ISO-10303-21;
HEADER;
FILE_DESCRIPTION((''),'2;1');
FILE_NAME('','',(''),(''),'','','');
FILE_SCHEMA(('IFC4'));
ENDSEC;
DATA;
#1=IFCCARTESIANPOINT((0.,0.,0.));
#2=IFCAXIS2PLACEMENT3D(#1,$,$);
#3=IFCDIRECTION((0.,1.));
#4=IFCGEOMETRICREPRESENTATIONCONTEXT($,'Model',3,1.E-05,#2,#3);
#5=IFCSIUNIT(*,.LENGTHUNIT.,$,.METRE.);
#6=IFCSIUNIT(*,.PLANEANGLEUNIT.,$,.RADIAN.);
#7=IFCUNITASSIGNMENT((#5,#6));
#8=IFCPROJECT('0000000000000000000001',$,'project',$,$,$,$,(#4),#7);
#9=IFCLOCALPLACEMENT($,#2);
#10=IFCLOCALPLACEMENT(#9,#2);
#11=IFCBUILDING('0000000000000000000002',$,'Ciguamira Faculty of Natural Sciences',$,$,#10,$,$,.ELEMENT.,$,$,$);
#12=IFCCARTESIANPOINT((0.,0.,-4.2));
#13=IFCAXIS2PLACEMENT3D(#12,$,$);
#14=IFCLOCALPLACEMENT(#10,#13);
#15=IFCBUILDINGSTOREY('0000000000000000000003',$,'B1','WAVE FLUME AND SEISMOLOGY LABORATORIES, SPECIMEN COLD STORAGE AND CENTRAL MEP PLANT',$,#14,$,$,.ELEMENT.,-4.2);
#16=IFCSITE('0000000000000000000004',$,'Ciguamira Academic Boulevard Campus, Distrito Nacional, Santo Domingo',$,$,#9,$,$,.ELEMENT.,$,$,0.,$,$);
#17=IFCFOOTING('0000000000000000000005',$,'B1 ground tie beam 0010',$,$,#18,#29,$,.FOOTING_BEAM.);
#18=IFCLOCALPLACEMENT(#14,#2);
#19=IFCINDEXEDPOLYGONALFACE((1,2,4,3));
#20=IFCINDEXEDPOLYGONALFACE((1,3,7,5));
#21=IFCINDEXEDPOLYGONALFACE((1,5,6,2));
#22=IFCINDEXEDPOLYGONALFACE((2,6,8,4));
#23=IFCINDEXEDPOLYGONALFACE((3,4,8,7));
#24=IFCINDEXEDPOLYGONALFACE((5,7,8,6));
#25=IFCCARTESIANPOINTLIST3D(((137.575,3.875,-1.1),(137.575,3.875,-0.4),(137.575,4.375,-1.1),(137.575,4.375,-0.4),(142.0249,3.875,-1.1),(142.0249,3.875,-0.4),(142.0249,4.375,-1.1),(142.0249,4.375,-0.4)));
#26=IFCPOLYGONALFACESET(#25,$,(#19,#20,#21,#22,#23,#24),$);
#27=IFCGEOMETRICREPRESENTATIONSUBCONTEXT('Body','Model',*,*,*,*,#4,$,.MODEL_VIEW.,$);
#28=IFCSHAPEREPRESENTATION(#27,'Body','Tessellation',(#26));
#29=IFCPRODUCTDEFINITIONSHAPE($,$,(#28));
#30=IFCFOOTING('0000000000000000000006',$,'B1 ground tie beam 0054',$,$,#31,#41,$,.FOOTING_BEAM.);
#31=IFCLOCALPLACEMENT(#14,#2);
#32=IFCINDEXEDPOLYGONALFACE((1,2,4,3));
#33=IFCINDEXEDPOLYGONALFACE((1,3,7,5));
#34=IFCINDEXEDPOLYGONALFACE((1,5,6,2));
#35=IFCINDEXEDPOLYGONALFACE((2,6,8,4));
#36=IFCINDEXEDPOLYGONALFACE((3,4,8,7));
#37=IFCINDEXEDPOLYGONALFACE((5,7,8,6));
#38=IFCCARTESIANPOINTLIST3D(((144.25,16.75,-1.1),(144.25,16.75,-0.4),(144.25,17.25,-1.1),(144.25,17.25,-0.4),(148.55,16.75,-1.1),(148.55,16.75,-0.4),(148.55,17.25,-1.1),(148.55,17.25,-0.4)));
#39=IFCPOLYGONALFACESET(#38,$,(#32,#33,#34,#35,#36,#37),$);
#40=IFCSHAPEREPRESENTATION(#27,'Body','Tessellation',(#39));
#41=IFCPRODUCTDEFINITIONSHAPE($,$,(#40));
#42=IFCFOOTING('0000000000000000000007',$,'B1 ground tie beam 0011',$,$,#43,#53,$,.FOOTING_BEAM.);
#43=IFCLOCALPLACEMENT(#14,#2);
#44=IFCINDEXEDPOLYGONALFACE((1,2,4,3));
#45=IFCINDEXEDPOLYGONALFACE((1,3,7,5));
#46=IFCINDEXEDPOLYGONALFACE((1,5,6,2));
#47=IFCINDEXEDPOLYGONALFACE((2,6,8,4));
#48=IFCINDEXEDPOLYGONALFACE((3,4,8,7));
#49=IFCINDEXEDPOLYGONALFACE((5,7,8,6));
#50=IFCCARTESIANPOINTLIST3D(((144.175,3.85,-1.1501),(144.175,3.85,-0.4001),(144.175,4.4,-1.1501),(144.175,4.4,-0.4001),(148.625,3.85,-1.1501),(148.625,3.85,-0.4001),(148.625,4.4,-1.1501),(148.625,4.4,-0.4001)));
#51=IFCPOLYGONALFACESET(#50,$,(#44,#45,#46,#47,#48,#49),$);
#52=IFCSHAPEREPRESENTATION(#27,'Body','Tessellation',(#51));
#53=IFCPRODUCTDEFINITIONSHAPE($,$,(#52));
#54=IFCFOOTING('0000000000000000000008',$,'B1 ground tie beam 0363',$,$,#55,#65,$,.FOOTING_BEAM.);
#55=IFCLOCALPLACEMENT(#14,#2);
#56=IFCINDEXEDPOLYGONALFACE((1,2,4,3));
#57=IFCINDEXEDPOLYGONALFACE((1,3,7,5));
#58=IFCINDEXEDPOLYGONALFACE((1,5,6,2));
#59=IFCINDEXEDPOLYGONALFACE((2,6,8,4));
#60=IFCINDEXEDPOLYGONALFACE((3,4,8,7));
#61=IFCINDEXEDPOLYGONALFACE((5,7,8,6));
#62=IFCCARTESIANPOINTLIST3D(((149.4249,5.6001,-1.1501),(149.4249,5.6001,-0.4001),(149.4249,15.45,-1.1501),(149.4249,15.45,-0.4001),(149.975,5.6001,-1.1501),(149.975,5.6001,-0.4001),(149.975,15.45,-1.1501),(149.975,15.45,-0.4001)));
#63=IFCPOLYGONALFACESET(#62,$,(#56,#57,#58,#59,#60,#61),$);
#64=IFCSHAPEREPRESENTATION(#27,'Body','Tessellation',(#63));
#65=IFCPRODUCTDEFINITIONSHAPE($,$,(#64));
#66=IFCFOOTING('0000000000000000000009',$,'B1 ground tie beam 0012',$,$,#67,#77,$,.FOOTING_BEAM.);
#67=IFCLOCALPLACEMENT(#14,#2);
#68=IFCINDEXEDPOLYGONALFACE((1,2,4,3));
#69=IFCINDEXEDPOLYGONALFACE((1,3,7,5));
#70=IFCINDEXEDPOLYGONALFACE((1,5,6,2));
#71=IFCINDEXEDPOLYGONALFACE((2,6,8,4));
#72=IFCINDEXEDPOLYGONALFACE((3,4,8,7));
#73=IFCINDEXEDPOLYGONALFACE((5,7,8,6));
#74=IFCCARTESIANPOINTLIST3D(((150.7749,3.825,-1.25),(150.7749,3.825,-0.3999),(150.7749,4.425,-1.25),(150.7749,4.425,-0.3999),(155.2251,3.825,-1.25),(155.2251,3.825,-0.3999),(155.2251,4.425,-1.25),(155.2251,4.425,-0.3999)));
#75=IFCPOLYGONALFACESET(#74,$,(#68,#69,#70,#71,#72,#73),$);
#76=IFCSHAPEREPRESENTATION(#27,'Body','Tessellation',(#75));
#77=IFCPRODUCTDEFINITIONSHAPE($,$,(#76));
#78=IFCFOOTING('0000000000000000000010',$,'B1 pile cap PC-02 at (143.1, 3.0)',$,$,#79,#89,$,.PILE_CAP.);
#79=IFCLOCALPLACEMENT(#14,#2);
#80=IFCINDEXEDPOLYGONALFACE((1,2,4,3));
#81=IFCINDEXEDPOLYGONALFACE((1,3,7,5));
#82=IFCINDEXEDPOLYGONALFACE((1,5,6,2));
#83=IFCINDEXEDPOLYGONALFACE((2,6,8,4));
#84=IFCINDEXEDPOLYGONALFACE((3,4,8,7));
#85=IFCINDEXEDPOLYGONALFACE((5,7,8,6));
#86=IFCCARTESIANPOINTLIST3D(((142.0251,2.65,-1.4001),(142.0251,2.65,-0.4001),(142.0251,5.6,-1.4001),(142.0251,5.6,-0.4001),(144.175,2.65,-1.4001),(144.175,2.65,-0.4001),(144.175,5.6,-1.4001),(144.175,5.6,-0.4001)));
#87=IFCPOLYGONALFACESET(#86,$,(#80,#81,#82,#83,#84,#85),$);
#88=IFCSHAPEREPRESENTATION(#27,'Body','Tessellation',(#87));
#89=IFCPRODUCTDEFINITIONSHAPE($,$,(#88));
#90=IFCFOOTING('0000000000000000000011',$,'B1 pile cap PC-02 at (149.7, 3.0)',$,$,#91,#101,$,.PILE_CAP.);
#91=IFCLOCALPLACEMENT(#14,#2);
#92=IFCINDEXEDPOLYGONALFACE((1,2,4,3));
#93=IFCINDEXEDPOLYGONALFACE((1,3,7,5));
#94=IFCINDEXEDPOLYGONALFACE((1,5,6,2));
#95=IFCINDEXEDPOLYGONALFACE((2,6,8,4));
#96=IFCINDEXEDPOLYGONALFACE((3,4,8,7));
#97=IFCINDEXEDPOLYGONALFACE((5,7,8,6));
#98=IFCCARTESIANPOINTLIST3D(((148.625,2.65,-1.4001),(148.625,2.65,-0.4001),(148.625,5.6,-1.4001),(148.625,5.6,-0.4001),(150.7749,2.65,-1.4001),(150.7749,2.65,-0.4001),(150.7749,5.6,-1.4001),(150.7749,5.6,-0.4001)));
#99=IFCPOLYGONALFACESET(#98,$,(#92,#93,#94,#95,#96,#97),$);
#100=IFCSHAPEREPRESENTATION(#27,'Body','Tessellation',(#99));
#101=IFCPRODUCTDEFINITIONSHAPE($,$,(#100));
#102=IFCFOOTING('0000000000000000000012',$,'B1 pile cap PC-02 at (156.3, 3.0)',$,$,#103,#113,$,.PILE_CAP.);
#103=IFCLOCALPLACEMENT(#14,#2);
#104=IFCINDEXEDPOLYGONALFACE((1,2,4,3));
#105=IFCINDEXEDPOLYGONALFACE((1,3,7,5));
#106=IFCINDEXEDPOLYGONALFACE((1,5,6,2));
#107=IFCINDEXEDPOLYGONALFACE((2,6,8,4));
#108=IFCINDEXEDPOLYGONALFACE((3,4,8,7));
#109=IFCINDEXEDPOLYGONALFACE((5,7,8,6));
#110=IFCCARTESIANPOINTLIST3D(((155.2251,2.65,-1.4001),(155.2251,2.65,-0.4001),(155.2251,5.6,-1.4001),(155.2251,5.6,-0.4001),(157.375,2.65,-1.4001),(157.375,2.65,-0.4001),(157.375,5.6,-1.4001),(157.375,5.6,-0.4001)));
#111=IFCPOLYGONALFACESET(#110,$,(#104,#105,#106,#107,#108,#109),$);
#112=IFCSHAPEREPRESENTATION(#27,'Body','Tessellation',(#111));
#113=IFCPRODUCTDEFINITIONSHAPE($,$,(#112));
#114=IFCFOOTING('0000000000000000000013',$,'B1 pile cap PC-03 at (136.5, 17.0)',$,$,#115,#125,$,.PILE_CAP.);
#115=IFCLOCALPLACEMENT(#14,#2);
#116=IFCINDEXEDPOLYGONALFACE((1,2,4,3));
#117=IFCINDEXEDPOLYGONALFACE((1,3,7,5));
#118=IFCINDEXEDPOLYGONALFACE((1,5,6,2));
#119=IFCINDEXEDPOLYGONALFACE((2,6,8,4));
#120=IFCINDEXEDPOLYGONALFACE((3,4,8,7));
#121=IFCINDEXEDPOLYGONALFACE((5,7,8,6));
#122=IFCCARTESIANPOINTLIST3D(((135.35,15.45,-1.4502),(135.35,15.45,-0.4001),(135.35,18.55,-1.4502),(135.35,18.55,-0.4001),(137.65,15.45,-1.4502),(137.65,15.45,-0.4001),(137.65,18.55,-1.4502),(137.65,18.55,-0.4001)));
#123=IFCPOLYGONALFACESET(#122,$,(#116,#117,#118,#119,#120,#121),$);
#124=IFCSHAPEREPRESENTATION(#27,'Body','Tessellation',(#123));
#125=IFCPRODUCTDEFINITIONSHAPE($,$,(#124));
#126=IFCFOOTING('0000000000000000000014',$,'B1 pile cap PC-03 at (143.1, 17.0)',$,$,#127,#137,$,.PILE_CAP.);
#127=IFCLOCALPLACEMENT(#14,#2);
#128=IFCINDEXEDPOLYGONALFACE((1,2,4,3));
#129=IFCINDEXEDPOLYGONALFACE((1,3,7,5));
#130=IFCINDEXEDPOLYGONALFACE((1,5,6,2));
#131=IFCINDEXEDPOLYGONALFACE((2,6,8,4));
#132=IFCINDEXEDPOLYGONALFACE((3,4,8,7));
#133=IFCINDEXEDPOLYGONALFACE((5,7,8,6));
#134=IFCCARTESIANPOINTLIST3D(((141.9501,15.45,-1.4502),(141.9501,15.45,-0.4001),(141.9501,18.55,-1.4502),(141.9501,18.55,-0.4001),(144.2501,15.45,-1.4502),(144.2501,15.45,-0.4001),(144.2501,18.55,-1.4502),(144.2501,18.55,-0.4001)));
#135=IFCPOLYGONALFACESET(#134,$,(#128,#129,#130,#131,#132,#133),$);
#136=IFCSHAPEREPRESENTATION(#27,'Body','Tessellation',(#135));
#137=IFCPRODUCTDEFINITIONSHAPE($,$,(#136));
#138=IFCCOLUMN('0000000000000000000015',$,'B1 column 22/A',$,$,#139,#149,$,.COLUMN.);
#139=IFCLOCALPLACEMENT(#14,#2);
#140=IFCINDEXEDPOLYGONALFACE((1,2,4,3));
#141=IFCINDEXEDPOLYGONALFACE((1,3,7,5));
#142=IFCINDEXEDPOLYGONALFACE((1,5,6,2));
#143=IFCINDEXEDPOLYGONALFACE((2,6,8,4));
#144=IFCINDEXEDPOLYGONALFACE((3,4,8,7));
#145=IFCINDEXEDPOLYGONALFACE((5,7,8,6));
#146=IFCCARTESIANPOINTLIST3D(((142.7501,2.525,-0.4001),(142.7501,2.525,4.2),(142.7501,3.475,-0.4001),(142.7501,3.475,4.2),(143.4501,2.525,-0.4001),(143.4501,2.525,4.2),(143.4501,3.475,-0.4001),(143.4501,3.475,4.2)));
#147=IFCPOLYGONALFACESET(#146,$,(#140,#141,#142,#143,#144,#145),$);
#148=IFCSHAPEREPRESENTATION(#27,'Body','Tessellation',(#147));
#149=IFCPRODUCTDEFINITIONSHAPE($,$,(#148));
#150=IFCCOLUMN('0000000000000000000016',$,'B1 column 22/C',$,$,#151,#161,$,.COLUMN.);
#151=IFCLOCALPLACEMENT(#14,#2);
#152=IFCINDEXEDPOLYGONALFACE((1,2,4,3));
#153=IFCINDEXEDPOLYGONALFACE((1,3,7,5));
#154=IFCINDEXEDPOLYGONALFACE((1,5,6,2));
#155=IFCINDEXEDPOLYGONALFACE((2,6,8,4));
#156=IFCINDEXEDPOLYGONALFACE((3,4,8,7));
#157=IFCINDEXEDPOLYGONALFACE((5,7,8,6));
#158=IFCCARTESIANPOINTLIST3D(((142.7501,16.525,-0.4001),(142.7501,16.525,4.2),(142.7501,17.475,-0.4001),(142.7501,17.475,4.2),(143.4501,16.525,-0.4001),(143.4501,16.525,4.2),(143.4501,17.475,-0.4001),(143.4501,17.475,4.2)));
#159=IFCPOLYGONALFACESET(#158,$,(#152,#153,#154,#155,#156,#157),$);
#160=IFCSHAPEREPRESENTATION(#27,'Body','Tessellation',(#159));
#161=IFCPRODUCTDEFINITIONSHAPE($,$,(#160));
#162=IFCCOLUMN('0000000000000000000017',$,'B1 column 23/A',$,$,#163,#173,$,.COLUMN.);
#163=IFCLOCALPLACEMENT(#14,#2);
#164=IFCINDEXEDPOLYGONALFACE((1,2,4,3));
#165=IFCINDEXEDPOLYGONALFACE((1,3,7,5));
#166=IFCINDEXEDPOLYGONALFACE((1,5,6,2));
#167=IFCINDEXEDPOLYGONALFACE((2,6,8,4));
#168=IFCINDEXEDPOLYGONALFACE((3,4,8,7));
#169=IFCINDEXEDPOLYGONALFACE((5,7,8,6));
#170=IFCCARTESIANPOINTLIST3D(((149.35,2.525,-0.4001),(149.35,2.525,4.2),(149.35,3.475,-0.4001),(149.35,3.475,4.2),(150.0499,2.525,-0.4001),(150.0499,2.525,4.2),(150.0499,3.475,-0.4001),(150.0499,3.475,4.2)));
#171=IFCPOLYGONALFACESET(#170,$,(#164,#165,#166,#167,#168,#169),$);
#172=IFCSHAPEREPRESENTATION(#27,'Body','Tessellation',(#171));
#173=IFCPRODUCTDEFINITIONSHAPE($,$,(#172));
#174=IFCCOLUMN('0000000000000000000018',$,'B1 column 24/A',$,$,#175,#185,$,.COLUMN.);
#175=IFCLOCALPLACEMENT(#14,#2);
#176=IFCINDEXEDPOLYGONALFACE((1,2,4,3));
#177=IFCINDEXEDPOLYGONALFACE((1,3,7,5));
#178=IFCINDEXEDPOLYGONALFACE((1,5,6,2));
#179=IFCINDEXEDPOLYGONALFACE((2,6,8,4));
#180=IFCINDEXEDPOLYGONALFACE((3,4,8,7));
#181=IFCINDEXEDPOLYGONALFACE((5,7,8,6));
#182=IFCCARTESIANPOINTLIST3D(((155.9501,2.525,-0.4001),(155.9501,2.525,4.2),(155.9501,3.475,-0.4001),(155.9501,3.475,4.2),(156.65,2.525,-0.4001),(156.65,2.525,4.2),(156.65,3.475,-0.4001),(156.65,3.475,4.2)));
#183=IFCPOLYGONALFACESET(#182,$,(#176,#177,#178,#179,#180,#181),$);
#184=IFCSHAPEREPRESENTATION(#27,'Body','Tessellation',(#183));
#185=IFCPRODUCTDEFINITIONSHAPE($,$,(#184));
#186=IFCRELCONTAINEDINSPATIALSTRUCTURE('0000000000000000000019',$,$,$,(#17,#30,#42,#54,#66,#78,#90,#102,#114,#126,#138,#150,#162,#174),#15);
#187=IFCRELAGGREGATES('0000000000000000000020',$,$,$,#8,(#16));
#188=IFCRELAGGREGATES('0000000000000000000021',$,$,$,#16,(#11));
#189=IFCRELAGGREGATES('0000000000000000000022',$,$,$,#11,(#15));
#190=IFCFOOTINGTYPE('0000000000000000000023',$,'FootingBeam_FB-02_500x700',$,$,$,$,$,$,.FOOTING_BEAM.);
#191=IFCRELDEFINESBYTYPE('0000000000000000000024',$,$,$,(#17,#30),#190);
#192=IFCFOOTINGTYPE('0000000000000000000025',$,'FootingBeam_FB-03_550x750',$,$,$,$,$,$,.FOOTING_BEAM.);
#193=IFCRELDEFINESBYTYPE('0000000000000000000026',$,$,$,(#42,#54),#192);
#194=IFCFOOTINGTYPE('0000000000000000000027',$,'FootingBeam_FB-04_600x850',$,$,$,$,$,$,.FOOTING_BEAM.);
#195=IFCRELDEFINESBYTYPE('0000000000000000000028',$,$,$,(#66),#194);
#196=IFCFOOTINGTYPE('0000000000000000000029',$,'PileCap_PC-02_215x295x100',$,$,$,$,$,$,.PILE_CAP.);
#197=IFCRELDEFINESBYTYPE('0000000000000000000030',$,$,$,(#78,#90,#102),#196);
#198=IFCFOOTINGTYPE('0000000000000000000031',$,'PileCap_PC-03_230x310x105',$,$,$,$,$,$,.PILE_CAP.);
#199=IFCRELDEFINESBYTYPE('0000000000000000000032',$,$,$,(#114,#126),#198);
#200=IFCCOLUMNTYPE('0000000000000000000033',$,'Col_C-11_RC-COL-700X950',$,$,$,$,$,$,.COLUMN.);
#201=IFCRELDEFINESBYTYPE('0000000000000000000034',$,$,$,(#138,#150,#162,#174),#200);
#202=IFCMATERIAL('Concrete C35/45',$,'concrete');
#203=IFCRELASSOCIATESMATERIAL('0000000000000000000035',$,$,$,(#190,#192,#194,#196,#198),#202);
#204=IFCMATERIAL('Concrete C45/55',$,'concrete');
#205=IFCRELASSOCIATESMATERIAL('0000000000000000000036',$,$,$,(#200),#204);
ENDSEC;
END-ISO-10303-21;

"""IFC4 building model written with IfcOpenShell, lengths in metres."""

from ifc_helpers import new_model, si_unit, direction, frame, origin, origin_2d, place, context, subcontext, project, spatial, rectangle, extrude, material, material_profile, profile_set, type_object, element, save


model = new_model("IFC4")

# Units and contexts
model_context = context("Model", 3, precision=1e-05, world=origin(), true_north=direction((0.0, 1.0)))
body_context = subcontext(model_context, "Body", "Model", "MODEL_VIEW")
ifc_project = project(units=[si_unit("LENGTHUNIT", "METRE"), si_unit("PLANEANGLEUNIT", "RADIAN")], contexts=[model_context])

# Site, building, storey
site_placement = place(None, origin())
site = spatial("IfcSite", under=ifc_project, at=site_placement, Name="Ciguamira Academic Boulevard Campus, Distrito Nacional, Santo Domingo", CompositionType="ELEMENT", RefElevation=0.0)
building_placement = place(site_placement, origin())
building = spatial("IfcBuilding", under=site, at=building_placement, Name="Ciguamira Faculty of Natural Sciences", CompositionType="ELEMENT")
storey_placement = place(building_placement, frame((0.0, 0.0, -4.2)))
storey = spatial("IfcBuildingStorey", under=building, at=storey_placement, Name="B1", Description="WAVE FLUME AND SEISMOLOGY LABORATORIES, SPECIMEN COLD STORAGE AND CENTRAL MEP PLANT", CompositionType="ELEMENT", Elevation=-4.2)

# Shared definitions
ifc_material_1 = material(Name="Concrete C35/45", Category="concrete")

# Footings
ifc_material_profile_1 = material_profile(ifc_material_1, rectangle(XDim=0.5, YDim=0.7, at=origin_2d()), Name="RC-FB-500X700")
ifc_profile_set_1 = profile_set([ifc_material_profile_1], Name="Concrete C35/45")
footing_type_1 = type_object("IfcFootingType", Name="FootingBeam_FB-02_500x700", PredefinedType="FOOTING_BEAM", material=ifc_profile_set_1)
footing_1_placement = place(storey_placement, frame((137.575, 4.125, -0.75), z_axis=(1.0, 0.0, 0.0), x_axis=(0.0, 1.0, 0.0)))
element("IfcFooting", 1, at=footing_1_placement, inside=storey, type_object=footing_type_1, Name="B1 ground tie beam 0010", PredefinedType="FOOTING_BEAM", context=body_context, shape_type="SweptSolid", body=[
    extrude(rectangle(XDim=0.5, YDim=0.7, at=origin_2d()), origin(), (0.0, 0.0, 1.0), 4.45),
])
footing_2_placement = place(storey_placement, frame((144.25, 17.0, -0.75), z_axis=(1.0, 0.0, 0.0), x_axis=(0.0, 1.0, 0.0)))
element("IfcFooting", 2, at=footing_2_placement, inside=storey, type_object=footing_type_1, Name="B1 ground tie beam 0054", PredefinedType="FOOTING_BEAM", context=body_context, shape_type="SweptSolid", body=[
    extrude(rectangle(XDim=0.5, YDim=0.7, at=origin_2d()), origin(), (0.0, 0.0, 1.0), 4.3),
])
ifc_material_profile_2 = material_profile(ifc_material_1, rectangle(XDim=0.55, YDim=0.75, at=origin_2d()), Name="RC-FB-550X750")
ifc_profile_set_2 = profile_set([ifc_material_profile_2], Name="Concrete C35/45")
footing_type_2 = type_object("IfcFootingType", Name="FootingBeam_FB-03_550x750", PredefinedType="FOOTING_BEAM", material=ifc_profile_set_2)
footing_3_placement = place(storey_placement, frame((144.175, 4.125, -0.7751), z_axis=(1.0, 0.0, 0.0), x_axis=(0.0, 1.0, 0.0)))
element("IfcFooting", 3, at=footing_3_placement, inside=storey, type_object=footing_type_2, Name="B1 ground tie beam 0011", PredefinedType="FOOTING_BEAM", context=body_context, shape_type="SweptSolid", body=[
    extrude(rectangle(XDim=0.55, YDim=0.75, at=origin_2d()), origin(), (0.0, 0.0, 1.0), 4.45),
])
footing_4_placement = place(storey_placement, frame((149.7, 5.6001, -0.7751), z_axis=(0.0, 1.0, 0.0), x_axis=(-1.0, 0.0, 0.0)))
element("IfcFooting", 4, at=footing_4_placement, inside=storey, type_object=footing_type_2, Name="B1 ground tie beam 0363", PredefinedType="FOOTING_BEAM", context=body_context, shape_type="SweptSolid", body=[
    extrude(rectangle(XDim=0.55, YDim=0.75, at=origin_2d()), origin(), (0.0, 0.0, 1.0), 9.8499),
])
ifc_material_profile_3 = material_profile(ifc_material_1, rectangle(XDim=0.6001, YDim=0.8501, at=origin_2d()), Name="RC-FB-600X850")
ifc_profile_set_3 = profile_set([ifc_material_profile_3], Name="Concrete C35/45")
footing_type_3 = type_object("IfcFootingType", Name="FootingBeam_FB-04_600x850", PredefinedType="FOOTING_BEAM", material=ifc_profile_set_3)
footing_5_placement = place(storey_placement, frame((150.7749, 4.125, -0.825), z_axis=(1.0, 0.0, 0.0), x_axis=(0.0, 1.0, 0.0)))
element("IfcFooting", 5, at=footing_5_placement, inside=storey, type_object=footing_type_3, Name="B1 ground tie beam 0012", PredefinedType="FOOTING_BEAM", context=body_context, shape_type="SweptSolid", body=[
    extrude(rectangle(XDim=0.6001, YDim=0.8501, at=origin_2d()), origin(), (0.0, 0.0, 1.0), 4.4502),
])
footing_type_4 = type_object("IfcFootingType", Name="PileCap_PC-02_215x295x100", PredefinedType="PILE_CAP", material=ifc_material_1)
for number, where, z_axis, x_axis, name in (
    (6, (143.1001, 4.125, -1.4001), (0.0, 0.0, 1.0), (1.0, 0.0, 0.0), "B1 pile cap PC-02 at (143.1, 3.0)"),
    (7, (149.7, 4.125, -1.4001), (0.0, 0.0, 1.0), (1.0, 0.0, 0.0), "B1 pile cap PC-02 at (149.7, 3.0)"),
    (8, (156.3, 4.125, -1.4001), (0.0, 0.0, 1.0), (1.0, 0.0, 0.0), "B1 pile cap PC-02 at (156.3, 3.0)"),
):
    element("IfcFooting", number, at=place(storey_placement, frame(where, z_axis=z_axis, x_axis=x_axis)), inside=storey, type_object=footing_type_4, Name=name, PredefinedType="PILE_CAP", context=body_context, shape_type="SweptSolid", body=[
        extrude(rectangle(XDim=2.1499, YDim=2.95, at=origin_2d()), origin(), (0.0, 0.0, 1.0), 1.0),
    ])
footing_type_5 = type_object("IfcFootingType", Name="PileCap_PC-03_230x310x105", PredefinedType="PILE_CAP", material=ifc_material_1)
for number, where, z_axis, x_axis, name in (
    (9, (136.5, 17.0, -1.4502), (0.0, 0.0, 1.0), (1.0, 0.0, 0.0), "B1 pile cap PC-03 at (136.5, 17.0)"),
    (10, (143.1001, 17.0, -1.4502), (0.0, 0.0, 1.0), (1.0, 0.0, 0.0), "B1 pile cap PC-03 at (143.1, 17.0)"),
):
    element("IfcFooting", number, at=place(storey_placement, frame(where, z_axis=z_axis, x_axis=x_axis)), inside=storey, type_object=footing_type_5, Name=name, PredefinedType="PILE_CAP", context=body_context, shape_type="SweptSolid", body=[
        extrude(rectangle(XDim=2.3, YDim=3.1001, at=origin_2d()), origin(), (0.0, 0.0, 1.0), 1.05),
    ])

# Columns
ifc_material_2 = material(Name="Concrete C45/55", Category="concrete")
ifc_material_profile_4 = material_profile(ifc_material_2, rectangle(XDim=0.7, YDim=0.95, at=origin_2d()), Name="RC-COL-700X950")
ifc_profile_set_4 = profile_set([ifc_material_profile_4], Name="Concrete C45/55")
column_type = type_object("IfcColumnType", Name="Col_C-11_RC-COL-700X950", PredefinedType="COLUMN", material=ifc_profile_set_4)
for number, where, z_axis, x_axis, name in (
    (11, (143.1001, 3.0, -0.4001), (0.0, 0.0, 1.0), (1.0, 0.0, 0.0), "B1 column 22/A"),
    (12, (143.1001, 17.0, -0.4001), (0.0, 0.0, 1.0), (1.0, 0.0, 0.0), "B1 column 22/C"),
    (13, (149.7, 3.0, -0.4001), (0.0, 0.0, 1.0), (1.0, 0.0, 0.0), "B1 column 23/A"),
    (14, (156.3, 3.0, -0.4001), (0.0, 0.0, 1.0), (1.0, 0.0, 0.0), "B1 column 24/A"),
):
    element("IfcColumn", number, at=place(storey_placement, frame(where, z_axis=z_axis, x_axis=x_axis)), inside=storey, type_object=column_type, Name=name, PredefinedType="COLUMN", context=body_context, shape_type="SweptSolid", body=[
        extrude(rectangle(XDim=0.7, YDim=0.95, at=origin_2d()), origin(), (0.0, 0.0, 1.0), 4.6001),
    ])

save(model, "model.ifc")
